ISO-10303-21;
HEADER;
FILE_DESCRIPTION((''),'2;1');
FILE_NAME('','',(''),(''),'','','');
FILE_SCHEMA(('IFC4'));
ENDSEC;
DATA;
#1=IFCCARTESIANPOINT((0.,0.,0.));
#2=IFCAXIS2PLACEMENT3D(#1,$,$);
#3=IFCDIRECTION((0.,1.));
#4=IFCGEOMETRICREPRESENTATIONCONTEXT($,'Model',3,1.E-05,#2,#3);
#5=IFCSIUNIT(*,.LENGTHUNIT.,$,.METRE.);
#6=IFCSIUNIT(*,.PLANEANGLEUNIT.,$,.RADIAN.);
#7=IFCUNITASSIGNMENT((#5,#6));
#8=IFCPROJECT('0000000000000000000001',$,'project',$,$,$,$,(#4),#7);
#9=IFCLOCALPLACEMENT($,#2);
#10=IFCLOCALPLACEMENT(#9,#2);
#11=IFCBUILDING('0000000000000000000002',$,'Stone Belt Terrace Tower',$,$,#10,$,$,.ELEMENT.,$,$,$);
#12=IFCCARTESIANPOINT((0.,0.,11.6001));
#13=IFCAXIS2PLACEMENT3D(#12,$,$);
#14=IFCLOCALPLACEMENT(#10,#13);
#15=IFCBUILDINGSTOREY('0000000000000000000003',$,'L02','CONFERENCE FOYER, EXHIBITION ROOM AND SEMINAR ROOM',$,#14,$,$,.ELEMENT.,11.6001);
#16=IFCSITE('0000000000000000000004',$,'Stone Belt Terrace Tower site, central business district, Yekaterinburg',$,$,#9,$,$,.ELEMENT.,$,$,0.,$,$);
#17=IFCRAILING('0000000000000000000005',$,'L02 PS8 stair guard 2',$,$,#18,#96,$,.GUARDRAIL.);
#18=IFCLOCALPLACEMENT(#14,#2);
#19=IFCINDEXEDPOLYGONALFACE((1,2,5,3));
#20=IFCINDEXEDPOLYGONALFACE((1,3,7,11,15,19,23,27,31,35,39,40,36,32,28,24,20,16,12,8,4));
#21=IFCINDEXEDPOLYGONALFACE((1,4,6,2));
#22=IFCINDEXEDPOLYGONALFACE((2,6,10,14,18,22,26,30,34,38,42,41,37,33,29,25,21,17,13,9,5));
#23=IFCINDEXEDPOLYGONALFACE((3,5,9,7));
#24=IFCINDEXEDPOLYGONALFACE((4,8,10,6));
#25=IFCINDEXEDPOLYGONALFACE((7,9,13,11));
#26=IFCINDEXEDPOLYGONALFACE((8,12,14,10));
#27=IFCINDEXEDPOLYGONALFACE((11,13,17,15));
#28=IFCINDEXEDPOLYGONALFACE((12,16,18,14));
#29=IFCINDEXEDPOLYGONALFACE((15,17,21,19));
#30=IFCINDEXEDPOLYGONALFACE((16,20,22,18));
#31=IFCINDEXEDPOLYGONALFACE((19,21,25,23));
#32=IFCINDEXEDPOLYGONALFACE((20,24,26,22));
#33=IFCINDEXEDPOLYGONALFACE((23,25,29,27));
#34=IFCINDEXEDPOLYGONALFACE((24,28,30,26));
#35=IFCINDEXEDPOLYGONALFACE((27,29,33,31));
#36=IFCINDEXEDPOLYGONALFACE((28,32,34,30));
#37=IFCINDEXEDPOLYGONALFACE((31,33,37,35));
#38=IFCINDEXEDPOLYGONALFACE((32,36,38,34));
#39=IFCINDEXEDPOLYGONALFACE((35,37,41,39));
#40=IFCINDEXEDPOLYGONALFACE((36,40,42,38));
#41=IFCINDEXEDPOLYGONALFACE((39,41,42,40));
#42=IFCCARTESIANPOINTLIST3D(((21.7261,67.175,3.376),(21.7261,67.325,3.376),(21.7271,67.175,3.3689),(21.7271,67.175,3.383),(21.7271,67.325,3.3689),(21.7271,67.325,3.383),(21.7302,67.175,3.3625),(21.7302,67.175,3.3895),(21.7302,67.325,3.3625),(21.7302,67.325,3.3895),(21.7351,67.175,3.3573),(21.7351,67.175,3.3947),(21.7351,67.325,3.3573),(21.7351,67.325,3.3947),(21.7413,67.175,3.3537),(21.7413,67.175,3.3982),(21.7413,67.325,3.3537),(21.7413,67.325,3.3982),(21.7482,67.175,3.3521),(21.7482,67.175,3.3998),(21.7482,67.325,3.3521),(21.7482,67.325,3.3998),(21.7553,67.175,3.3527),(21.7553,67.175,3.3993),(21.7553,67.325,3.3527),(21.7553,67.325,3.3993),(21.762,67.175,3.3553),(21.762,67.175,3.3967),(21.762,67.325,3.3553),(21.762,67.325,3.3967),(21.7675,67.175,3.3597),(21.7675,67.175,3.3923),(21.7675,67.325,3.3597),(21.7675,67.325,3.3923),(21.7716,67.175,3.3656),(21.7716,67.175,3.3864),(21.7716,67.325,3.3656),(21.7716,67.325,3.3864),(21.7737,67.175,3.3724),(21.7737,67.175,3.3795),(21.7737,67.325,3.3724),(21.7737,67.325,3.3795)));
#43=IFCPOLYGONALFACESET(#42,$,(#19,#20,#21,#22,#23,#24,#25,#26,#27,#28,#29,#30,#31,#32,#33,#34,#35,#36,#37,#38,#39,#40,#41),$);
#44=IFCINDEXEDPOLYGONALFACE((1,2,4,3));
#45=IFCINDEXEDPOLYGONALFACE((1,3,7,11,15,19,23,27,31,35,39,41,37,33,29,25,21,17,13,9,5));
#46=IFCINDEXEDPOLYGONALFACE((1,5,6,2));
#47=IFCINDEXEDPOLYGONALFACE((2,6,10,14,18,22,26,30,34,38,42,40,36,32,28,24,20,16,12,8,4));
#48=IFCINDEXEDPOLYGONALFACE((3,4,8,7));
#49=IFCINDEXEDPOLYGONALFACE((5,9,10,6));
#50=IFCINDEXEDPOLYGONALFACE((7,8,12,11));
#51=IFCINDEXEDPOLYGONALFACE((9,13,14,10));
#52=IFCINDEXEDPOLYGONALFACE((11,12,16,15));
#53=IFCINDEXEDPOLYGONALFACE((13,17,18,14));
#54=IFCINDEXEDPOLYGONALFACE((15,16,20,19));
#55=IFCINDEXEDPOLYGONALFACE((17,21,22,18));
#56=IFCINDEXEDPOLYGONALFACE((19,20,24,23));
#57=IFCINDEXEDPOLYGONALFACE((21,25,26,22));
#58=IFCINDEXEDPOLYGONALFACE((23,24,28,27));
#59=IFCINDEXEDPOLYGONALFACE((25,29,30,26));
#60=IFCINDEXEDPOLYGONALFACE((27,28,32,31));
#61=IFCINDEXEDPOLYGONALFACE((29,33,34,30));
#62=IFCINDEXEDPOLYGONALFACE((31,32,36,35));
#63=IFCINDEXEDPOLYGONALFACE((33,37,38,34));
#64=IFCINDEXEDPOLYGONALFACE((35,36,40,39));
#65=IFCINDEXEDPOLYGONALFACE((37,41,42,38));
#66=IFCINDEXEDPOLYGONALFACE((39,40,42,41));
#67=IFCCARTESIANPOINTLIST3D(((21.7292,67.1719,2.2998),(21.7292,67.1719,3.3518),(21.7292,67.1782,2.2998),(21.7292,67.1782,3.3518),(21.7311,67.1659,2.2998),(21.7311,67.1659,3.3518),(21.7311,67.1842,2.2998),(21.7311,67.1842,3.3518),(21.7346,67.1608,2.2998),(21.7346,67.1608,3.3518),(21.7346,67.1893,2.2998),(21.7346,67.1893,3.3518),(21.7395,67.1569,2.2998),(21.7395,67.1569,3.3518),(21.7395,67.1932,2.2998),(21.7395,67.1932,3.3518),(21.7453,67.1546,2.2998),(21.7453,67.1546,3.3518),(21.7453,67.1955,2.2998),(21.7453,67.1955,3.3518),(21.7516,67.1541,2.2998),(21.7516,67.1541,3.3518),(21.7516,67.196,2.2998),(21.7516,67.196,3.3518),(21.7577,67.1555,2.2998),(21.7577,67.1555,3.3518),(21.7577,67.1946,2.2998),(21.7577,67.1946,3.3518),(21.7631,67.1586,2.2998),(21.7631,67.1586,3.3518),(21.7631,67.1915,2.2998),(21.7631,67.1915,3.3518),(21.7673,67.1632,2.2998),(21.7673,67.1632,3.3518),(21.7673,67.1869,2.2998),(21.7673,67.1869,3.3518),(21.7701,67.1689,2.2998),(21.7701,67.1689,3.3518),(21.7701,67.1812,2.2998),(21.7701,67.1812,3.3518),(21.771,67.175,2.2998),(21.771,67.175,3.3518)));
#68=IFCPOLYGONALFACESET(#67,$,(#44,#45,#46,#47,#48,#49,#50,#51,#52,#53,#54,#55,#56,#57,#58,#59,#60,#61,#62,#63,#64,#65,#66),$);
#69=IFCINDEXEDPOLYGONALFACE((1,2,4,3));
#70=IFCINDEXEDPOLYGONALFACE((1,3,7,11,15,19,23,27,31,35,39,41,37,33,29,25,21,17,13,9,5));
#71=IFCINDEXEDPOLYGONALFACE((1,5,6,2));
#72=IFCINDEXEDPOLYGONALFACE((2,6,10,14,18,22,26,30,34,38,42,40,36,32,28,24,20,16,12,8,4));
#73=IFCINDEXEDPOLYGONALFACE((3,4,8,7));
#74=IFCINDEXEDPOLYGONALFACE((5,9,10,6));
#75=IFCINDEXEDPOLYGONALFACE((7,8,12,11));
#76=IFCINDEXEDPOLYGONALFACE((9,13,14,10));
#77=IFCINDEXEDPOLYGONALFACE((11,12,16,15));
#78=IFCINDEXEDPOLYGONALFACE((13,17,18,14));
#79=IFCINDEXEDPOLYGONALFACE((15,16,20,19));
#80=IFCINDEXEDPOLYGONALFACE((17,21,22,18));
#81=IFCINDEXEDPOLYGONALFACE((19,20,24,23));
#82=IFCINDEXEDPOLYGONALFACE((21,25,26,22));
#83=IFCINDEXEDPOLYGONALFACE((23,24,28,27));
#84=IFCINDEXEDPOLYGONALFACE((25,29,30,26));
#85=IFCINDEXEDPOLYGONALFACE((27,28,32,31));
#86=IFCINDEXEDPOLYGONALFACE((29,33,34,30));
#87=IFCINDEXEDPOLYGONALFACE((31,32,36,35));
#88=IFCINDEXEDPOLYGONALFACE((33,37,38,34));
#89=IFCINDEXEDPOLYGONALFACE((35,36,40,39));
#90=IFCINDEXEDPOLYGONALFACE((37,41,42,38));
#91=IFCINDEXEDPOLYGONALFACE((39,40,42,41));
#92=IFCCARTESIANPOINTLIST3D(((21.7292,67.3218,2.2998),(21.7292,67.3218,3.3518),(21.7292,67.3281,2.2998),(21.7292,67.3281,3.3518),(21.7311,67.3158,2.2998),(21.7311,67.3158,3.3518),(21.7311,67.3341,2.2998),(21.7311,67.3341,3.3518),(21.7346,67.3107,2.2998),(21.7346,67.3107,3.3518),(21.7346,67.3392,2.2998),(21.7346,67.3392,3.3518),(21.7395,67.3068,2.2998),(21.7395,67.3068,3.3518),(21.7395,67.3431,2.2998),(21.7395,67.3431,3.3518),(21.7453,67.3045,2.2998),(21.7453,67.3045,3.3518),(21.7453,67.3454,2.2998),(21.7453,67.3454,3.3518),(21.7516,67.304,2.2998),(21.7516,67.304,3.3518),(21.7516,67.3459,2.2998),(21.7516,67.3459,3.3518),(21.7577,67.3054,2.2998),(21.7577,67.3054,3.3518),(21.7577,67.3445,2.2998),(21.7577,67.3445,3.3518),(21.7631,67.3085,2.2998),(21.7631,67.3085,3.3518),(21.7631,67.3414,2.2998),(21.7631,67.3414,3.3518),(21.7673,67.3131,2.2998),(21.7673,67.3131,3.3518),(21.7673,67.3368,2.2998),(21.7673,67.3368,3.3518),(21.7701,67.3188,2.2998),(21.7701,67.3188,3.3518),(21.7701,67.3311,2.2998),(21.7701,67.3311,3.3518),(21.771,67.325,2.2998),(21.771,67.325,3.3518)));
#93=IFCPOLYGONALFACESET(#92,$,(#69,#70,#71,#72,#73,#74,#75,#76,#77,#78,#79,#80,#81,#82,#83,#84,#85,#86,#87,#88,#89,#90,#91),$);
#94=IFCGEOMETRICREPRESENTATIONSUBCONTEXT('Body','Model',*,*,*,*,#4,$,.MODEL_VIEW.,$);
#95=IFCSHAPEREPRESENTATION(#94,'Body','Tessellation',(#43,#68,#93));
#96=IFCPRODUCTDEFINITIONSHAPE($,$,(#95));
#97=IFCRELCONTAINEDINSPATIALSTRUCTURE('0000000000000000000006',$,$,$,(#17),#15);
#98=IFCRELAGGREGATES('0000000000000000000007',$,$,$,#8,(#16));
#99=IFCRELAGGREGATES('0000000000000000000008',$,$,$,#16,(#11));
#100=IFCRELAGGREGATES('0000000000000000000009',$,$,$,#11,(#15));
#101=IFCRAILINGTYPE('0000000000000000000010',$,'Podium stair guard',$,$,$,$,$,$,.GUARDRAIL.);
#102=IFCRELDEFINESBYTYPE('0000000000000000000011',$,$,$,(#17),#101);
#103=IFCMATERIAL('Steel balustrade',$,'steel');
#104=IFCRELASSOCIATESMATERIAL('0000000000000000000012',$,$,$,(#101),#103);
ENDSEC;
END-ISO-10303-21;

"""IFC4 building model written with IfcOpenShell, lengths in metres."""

from ifc_helpers import new_model, si_unit, direction, frame, origin, origin_2d, place, context, subcontext, project, spatial, circle, extrude, material, type_object, element, save


model = new_model("IFC4")

# Units and contexts
model_context = context("Model", 3, precision=1e-05, world=origin(), true_north=direction((0.0, 1.0)))
body_context = subcontext(model_context, "Body", "Model", "MODEL_VIEW")
ifc_project = project(units=[si_unit("LENGTHUNIT", "METRE"), si_unit("PLANEANGLEUNIT", "RADIAN")], contexts=[model_context])

# Site, building, storey
site_placement = place(None, origin())
site = spatial("IfcSite", under=ifc_project, at=site_placement, Name="Stone Belt Terrace Tower site, central business district, Yekaterinburg", CompositionType="ELEMENT", RefElevation=0.0)
building_placement = place(site_placement, origin())
building = spatial("IfcBuilding", under=site, at=building_placement, Name="Stone Belt Terrace Tower", CompositionType="ELEMENT")
storey_placement = place(building_placement, frame((0.0, 0.0, 11.6001)))
storey = spatial("IfcBuildingStorey", under=building, at=storey_placement, Name="L02", Description="CONFERENCE FOYER, EXHIBITION ROOM AND SEMINAR ROOM", CompositionType="ELEMENT", Elevation=11.6001)

# Railing
ifc_material_1 = material(Name="Steel balustrade", Category="steel")
railing_type_1 = type_object("IfcRailingType", Name="Podium stair guard", PredefinedType="GUARDRAIL", material=ifc_material_1)
railing_1_placement = place(storey_placement, frame((21.75, 67.175, 2.2998)))
element("IfcRailing", 1, at=railing_1_placement, inside=storey, type_object=railing_type_1, Name="L02 PS8 stair guard 2", PredefinedType="GUARDRAIL", context=body_context, shape_type="SweptSolid", body=[
    extrude(circle(Radius=0.0239, at=origin_2d()), frame((0.0, 0.0, 1.0762), z_axis=(0.0, 1.0, 0.0), x_axis=(-1.0, 0.0, 0.0)), (0.0, 0.0, 1.0), 0.1499),
    extrude(circle(Radius=0.021, at=origin_2d()), origin(), (0.0, 0.0, 1.0), 1.052),
    extrude(circle(Radius=0.021, at=origin_2d()), frame((0.0, 0.1499, 0.0)), (0.0, 0.0, 1.0), 1.052),
])

save(model, "model.ifc")
